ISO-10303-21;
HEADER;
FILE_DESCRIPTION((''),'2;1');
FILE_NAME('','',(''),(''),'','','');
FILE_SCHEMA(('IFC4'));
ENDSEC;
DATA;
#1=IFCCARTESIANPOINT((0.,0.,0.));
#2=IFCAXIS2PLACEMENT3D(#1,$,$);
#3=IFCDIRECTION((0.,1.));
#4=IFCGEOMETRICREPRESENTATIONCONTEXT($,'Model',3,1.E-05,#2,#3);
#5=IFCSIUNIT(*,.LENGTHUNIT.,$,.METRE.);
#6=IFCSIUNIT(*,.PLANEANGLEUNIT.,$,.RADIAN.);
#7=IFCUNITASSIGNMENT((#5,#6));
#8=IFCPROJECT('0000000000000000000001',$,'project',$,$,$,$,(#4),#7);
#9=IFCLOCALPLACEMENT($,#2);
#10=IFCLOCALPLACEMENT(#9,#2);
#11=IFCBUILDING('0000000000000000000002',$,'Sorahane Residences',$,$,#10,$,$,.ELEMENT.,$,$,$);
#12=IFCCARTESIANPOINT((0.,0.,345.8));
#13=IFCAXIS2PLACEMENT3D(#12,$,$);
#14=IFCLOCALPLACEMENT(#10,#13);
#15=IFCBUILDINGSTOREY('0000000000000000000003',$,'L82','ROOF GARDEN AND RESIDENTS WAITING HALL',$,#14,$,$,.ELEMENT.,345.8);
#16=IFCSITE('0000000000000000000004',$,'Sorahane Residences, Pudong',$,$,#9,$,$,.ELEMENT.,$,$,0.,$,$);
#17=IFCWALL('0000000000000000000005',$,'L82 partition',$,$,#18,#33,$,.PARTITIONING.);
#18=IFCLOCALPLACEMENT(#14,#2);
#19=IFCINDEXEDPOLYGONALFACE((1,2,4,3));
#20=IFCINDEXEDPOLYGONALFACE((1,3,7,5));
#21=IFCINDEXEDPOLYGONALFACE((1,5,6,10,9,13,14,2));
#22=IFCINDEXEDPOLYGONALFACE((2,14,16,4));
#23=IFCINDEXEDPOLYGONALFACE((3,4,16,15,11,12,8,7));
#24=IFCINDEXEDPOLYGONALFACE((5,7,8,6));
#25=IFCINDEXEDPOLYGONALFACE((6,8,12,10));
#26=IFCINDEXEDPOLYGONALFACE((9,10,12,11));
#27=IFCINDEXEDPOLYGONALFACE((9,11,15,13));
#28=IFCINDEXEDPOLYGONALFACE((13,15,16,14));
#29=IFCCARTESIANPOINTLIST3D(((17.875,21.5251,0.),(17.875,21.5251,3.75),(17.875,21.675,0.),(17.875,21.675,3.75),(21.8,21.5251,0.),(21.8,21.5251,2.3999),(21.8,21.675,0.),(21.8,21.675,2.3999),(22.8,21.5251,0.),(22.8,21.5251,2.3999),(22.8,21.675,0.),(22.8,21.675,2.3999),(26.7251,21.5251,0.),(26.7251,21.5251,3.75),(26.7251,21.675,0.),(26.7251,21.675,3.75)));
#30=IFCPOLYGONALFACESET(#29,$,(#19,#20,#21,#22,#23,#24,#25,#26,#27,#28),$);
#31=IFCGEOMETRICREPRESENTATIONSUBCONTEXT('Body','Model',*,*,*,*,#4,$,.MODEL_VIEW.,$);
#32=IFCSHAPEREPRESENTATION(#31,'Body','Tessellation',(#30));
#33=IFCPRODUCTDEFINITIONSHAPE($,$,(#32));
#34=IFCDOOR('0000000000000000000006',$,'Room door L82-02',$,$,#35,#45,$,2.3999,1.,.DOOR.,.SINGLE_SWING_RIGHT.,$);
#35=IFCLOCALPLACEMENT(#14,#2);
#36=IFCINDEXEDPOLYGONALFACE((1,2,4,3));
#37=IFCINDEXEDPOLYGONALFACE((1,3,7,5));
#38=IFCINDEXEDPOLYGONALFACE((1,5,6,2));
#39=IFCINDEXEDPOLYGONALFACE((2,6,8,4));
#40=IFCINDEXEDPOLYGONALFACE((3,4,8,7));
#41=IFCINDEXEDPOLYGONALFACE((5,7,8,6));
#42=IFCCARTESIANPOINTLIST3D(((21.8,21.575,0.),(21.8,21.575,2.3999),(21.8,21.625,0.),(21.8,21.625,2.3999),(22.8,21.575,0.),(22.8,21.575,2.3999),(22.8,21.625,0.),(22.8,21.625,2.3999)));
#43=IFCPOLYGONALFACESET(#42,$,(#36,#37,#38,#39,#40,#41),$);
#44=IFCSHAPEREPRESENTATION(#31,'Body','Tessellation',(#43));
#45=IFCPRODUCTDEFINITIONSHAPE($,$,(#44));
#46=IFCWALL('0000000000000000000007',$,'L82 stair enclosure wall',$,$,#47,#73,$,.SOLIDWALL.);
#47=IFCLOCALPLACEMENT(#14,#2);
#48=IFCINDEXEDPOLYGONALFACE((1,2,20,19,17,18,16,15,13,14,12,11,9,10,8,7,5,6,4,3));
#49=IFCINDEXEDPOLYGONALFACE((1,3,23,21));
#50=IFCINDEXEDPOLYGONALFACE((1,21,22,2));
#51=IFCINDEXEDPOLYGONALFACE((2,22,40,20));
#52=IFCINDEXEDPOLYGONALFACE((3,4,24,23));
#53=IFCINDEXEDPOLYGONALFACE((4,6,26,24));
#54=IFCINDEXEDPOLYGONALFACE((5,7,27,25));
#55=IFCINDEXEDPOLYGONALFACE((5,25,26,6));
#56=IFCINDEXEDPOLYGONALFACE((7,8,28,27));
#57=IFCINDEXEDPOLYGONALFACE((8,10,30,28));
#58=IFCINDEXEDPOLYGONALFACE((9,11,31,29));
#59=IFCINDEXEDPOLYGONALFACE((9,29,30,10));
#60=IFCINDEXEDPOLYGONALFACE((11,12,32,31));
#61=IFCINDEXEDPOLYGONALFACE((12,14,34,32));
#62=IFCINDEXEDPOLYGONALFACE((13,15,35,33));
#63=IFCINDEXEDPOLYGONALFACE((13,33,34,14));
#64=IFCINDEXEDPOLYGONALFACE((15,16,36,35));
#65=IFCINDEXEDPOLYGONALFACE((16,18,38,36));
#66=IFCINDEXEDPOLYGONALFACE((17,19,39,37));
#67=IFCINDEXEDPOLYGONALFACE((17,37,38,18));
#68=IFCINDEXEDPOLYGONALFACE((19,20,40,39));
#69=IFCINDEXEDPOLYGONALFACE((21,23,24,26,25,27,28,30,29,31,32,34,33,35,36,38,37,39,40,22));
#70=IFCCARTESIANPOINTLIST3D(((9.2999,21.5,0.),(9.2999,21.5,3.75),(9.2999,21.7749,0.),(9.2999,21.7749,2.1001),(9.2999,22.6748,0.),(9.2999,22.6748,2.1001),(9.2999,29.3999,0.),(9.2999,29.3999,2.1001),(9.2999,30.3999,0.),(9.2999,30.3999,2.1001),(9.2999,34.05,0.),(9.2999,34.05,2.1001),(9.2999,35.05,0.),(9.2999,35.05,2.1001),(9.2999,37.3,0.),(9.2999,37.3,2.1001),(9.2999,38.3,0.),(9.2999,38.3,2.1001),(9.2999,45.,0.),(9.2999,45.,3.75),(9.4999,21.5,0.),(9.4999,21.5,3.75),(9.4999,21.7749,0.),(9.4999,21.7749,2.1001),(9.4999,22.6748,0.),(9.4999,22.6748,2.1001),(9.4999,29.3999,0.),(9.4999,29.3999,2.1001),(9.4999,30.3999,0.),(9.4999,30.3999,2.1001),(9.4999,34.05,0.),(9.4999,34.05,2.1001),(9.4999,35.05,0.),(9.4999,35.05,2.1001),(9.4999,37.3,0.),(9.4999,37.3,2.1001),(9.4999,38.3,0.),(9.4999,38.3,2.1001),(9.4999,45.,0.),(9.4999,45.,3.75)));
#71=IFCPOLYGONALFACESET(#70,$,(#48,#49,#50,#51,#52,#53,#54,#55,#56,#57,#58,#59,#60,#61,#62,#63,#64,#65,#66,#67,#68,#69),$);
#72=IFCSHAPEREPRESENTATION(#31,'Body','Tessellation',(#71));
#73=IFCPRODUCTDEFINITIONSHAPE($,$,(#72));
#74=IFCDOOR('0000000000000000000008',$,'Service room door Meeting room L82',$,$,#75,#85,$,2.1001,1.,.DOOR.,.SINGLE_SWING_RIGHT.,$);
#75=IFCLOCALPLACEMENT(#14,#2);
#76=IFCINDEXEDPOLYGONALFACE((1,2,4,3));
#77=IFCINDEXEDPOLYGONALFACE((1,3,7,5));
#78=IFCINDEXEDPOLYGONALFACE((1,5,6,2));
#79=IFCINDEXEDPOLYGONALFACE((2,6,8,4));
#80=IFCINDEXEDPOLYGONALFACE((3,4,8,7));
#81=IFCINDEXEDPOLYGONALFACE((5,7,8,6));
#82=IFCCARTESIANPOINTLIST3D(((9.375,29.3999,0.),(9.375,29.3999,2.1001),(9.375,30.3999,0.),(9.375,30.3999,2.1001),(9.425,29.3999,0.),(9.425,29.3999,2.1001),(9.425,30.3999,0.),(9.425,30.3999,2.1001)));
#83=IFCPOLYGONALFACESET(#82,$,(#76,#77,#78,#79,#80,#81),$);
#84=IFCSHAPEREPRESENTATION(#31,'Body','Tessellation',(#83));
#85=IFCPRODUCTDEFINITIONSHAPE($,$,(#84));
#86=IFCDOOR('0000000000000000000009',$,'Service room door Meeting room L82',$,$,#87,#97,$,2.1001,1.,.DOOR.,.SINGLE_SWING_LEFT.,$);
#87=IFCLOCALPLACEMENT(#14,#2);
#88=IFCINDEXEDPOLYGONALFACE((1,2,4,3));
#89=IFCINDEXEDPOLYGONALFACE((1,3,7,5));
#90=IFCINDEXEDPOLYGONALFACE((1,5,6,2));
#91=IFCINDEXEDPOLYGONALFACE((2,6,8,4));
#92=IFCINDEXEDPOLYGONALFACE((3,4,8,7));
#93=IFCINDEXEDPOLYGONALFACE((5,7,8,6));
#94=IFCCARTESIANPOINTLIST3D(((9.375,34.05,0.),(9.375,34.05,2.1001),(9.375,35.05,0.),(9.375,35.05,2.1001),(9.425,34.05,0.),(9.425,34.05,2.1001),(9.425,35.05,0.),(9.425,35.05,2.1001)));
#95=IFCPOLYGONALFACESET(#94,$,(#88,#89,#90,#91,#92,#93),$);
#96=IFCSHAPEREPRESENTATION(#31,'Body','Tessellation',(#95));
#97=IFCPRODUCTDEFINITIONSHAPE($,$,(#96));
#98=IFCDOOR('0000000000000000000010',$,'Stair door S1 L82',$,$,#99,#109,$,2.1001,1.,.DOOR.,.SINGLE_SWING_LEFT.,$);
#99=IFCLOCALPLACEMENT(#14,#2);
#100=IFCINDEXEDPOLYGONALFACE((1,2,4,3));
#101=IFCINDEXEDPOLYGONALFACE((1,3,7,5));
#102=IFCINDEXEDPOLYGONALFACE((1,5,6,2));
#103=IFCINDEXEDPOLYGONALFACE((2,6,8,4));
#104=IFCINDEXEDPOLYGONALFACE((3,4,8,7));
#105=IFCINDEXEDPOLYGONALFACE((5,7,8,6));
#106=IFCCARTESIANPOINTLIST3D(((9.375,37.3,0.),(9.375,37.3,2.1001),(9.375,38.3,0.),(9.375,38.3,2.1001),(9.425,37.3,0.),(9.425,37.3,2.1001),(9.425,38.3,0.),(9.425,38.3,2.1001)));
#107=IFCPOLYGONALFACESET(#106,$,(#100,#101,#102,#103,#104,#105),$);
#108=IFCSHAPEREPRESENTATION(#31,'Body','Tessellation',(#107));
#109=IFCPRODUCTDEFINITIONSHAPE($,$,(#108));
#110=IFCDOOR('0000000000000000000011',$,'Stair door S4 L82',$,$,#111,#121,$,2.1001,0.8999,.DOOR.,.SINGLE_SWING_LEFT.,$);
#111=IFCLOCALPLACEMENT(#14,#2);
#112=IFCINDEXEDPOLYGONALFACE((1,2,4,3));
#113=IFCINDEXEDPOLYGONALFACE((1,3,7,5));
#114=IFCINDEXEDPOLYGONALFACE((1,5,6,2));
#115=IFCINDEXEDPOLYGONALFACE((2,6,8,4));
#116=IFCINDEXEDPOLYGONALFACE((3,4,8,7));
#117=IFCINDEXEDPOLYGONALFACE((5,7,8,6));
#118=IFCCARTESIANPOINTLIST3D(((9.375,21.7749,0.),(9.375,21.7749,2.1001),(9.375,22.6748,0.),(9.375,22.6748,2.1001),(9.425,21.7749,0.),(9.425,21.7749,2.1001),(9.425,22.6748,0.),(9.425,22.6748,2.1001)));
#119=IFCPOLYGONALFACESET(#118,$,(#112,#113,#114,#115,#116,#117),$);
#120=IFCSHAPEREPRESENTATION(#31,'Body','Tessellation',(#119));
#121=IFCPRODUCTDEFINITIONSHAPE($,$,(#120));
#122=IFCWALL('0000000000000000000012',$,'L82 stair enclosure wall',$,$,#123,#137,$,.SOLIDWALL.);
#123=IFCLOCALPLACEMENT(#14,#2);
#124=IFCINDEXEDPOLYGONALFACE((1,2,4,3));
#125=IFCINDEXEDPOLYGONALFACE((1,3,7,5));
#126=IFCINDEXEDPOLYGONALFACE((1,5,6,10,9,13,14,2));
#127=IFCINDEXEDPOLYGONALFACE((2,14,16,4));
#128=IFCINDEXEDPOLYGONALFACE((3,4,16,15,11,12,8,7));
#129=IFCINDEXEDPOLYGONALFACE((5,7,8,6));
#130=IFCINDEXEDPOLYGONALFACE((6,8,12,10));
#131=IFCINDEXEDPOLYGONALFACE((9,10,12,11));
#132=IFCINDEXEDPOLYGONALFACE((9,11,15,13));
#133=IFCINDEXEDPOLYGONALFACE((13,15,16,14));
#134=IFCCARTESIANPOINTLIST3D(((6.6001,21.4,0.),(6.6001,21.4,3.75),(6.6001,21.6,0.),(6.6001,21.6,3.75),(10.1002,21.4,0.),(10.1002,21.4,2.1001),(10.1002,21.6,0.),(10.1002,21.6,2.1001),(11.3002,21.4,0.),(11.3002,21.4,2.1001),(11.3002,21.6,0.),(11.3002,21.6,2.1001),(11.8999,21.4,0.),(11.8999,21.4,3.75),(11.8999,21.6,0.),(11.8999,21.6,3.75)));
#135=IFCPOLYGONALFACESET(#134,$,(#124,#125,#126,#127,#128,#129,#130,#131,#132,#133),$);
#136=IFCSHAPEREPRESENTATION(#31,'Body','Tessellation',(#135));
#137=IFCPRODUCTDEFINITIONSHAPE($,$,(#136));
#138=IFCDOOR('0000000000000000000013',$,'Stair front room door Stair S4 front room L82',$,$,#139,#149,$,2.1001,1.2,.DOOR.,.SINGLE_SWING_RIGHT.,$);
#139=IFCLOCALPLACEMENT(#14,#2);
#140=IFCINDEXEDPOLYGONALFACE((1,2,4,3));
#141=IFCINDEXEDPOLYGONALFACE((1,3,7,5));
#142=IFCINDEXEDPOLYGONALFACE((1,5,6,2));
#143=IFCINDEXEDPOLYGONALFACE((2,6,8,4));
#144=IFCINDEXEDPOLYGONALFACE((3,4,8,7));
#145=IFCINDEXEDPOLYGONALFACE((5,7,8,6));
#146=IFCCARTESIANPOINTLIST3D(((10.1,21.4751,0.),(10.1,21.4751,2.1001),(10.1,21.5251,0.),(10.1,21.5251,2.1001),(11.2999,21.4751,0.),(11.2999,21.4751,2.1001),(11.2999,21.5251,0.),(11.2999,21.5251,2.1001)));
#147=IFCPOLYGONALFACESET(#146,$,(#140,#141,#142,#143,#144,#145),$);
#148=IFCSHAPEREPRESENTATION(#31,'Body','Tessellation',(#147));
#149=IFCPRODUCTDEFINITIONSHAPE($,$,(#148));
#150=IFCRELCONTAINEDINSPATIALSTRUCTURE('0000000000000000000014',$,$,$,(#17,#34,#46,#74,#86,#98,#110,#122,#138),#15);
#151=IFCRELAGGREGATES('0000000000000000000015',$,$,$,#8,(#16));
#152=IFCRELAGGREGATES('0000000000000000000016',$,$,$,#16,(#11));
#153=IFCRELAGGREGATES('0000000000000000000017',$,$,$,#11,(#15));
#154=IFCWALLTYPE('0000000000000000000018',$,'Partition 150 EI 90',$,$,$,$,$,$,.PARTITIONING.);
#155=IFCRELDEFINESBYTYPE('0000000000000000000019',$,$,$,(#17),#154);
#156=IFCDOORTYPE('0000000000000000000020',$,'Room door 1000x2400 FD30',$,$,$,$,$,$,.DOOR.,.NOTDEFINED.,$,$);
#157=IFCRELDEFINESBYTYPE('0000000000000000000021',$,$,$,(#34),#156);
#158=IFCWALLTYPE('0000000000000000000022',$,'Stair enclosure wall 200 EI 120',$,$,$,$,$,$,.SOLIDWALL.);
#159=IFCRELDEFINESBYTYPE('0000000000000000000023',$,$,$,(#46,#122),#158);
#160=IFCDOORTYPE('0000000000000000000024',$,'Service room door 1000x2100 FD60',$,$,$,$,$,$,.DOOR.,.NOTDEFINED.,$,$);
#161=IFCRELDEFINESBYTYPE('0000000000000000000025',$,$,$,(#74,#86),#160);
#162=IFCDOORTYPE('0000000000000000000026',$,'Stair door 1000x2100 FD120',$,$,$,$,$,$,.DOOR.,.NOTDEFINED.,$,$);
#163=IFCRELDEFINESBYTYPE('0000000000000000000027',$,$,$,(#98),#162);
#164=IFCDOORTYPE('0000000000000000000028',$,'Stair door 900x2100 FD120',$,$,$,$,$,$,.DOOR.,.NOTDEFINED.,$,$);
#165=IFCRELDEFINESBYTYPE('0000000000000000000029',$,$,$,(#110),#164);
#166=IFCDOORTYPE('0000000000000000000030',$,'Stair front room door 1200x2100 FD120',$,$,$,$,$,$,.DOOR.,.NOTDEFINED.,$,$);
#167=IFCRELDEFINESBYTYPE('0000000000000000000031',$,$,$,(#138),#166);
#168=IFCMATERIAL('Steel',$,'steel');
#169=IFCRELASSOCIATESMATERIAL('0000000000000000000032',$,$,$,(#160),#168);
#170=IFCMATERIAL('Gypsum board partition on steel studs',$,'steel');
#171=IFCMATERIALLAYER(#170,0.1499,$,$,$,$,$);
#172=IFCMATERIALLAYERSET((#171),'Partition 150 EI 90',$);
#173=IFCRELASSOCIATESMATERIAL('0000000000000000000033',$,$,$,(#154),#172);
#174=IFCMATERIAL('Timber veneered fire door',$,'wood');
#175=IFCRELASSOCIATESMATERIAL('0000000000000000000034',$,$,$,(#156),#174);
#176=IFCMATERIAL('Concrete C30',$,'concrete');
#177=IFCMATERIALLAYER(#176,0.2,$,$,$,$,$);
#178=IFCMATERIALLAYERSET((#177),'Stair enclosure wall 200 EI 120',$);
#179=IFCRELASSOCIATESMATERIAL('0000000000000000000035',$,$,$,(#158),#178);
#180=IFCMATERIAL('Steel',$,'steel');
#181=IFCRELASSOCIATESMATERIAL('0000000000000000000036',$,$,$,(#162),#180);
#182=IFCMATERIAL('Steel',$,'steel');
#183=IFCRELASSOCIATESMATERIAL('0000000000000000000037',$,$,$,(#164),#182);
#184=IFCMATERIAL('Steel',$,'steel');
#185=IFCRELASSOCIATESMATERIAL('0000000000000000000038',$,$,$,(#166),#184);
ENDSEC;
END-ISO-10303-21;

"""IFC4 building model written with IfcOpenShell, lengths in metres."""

from ifc_helpers import new_model, si_unit, direction, frame, frame_2d, origin, place, context, subcontext, project, spatial, rectangle, extrude, material, layer, layer_set, type_object, element, fill, save


model = new_model("IFC4")

# Units and contexts
model_context = context("Model", 3, precision=1e-05, world=origin(), true_north=direction((0.0, 1.0)))
body_context = subcontext(model_context, "Body", "Model", "MODEL_VIEW")
ifc_project = project(units=[si_unit("LENGTHUNIT", "METRE"), si_unit("PLANEANGLEUNIT", "RADIAN")], contexts=[model_context])

# Site, building, storey
site_placement = place(None, origin())
site = spatial("IfcSite", under=ifc_project, at=site_placement, Name="Sorahane Residences, Pudong", CompositionType="ELEMENT", RefElevation=0.0)
building_placement = place(site_placement, origin())
building = spatial("IfcBuilding", under=site, at=building_placement, Name="Sorahane Residences", CompositionType="ELEMENT")
storey_placement = place(building_placement, frame((0.0, 0.0, 345.8)))
storey = spatial("IfcBuildingStorey", under=building, at=storey_placement, Name="L82", Description="ROOF GARDEN AND RESIDENTS WAITING HALL", CompositionType="ELEMENT", Elevation=345.8)

# Shared definitions
ifc_material_1 = material(Name="Steel", Category="steel")
door_type_1 = type_object("IfcDoorType", Name="Service room door 1000x2100 FD60", OperationType="NOTDEFINED", PredefinedType="DOOR", material=ifc_material_1)

# Shared definitions
ifc_material_2 = material(Name="Gypsum board partition on steel studs", Category="steel")
ifc_layer_1 = layer(ifc_material_2, 0.1499)
ifc_layer_set_1 = layer_set([ifc_layer_1], Name="Partition 150 EI 90")
wall_type_1 = type_object("IfcWallType", Name="Partition 150 EI 90", PredefinedType="PARTITIONING", material=ifc_layer_set_1)

# Wall, opening, door
wall_1_placement = place(storey_placement, frame((17.875, 21.6001, 0.0), z_axis=(0.0, 0.0, 1.0), x_axis=(1.0, 0.0, 0.0)))
wall_1 = element("IfcWall", 1, at=wall_1_placement, inside=storey, type_object=wall_type_1, Name="L82 partition", PredefinedType="PARTITIONING", context=body_context, shape_type="SweptSolid", body=[
    extrude(rectangle(XDim=8.8501, YDim=0.1499, at=frame_2d((4.425, 0.0))), origin(), (0.0, 0.0, 1.0), 3.75),
])
opening_1_placement = place(wall_1_placement, frame((3.925, 0.0, 0.0)))
opening_1 = element("IfcOpeningElement", 2, at=opening_1_placement, cuts=wall_1, PredefinedType="OPENING", context=body_context, shape_type="SweptSolid", body=[
    extrude(rectangle(XDim=1.0, YDim=2.3999, at=frame_2d((0.5, 1.2))), frame((0.0, 0.085, 0.0), z_axis=(0.0, -1.0, 0.0), x_axis=(1.0, 0.0, 0.0)), (0.0, 0.0, 1.0), 0.1699),
])
ifc_material_3 = material(Name="Timber veneered fire door", Category="wood")
door_type_2 = type_object("IfcDoorType", Name="Room door 1000x2400 FD30", OperationType="NOTDEFINED", PredefinedType="DOOR", material=ifc_material_3)
door_1_placement = place(opening_1_placement, origin())
door_1 = element("IfcDoor", 3, at=door_1_placement, inside=storey, type_object=door_type_2, Name="Room door L82-02", OperationType="SINGLE_SWING_RIGHT", OverallHeight=2.3999, OverallWidth=1.0, PredefinedType="DOOR", context=body_context, shape_type="SweptSolid", body=[
    extrude(rectangle(XDim=1.0, YDim=2.3999, at=frame_2d((0.5, 1.2))), frame((0.0, 0.0249, 0.0), z_axis=(0.0, -1.0, 0.0), x_axis=(1.0, 0.0, 0.0)), (0.0, 0.0, 1.0), 0.05),
])
fill(opening_1, door_1)

# Wall, openings, doors
ifc_material_4 = material(Name="Concrete C30", Category="concrete")
ifc_layer_2 = layer(ifc_material_4, 0.2)
ifc_layer_set_2 = layer_set([ifc_layer_2], Name="Stair enclosure wall 200 EI 120")
wall_type_2 = type_object("IfcWallType", Name="Stair enclosure wall 200 EI 120", PredefinedType="SOLIDWALL", material=ifc_layer_set_2)
wall_2_placement = place(storey_placement, frame((9.3999, 21.5, 0.0), z_axis=(0.0, 0.0, 1.0), x_axis=(0.0, 1.0, 0.0)))
wall_2 = element("IfcWall", 4, at=wall_2_placement, inside=storey, type_object=wall_type_2, Name="L82 stair enclosure wall", PredefinedType="SOLIDWALL", context=body_context, shape_type="SweptSolid", body=[
    extrude(rectangle(XDim=23.5, YDim=0.2, at=frame_2d((11.75, 0.0))), origin(), (0.0, 0.0, 1.0), 3.75),
])
opening_2_placement = place(wall_2_placement, frame((7.8999, 0.0, 0.0)))
opening_2 = element("IfcOpeningElement", 5, at=opening_2_placement, cuts=wall_2, PredefinedType="OPENING", context=body_context, shape_type="SweptSolid", body=[
    extrude(rectangle(XDim=1.0, YDim=2.1001, at=frame_2d((0.5, 1.05))), frame((0.0, 0.1099, 0.0), z_axis=(0.0, -1.0, 0.0), x_axis=(1.0, 0.0, 0.0)), (0.0, 0.0, 1.0), 0.22),
])
opening_3_placement = place(wall_2_placement, frame((12.55, 0.0, 0.0)))
opening_3 = element("IfcOpeningElement", 6, at=opening_3_placement, cuts=wall_2, PredefinedType="OPENING", context=body_context, shape_type="SweptSolid", body=[
    extrude(rectangle(XDim=1.0, YDim=2.1001, at=frame_2d((0.5, 1.05))), frame((0.0, 0.1099, 0.0), z_axis=(0.0, -1.0, 0.0), x_axis=(1.0, 0.0, 0.0)), (0.0, 0.0, 1.0), 0.22),
])
opening_4_placement = place(wall_2_placement, frame((15.8, 0.0, 0.0)))
opening_4 = element("IfcOpeningElement", 7, at=opening_4_placement, cuts=wall_2, PredefinedType="OPENING", context=body_context, shape_type="SweptSolid", body=[
    extrude(rectangle(XDim=1.0, YDim=2.1001, at=frame_2d((0.5, 1.05))), frame((0.0, 0.1099, 0.0), z_axis=(0.0, -1.0, 0.0), x_axis=(1.0, 0.0, 0.0)), (0.0, 0.0, 1.0), 0.22),
])
opening_5_placement = place(wall_2_placement, frame((0.2749, 0.0, 0.0)))
opening_5 = element("IfcOpeningElement", 8, at=opening_5_placement, cuts=wall_2, PredefinedType="OPENING", context=body_context, shape_type="SweptSolid", body=[
    extrude(rectangle(XDim=0.8999, YDim=2.1001, at=frame_2d((0.45, 1.05))), frame((0.0, 0.1099, 0.0), z_axis=(0.0, -1.0, 0.0), x_axis=(1.0, 0.0, 0.0)), (0.0, 0.0, 1.0), 0.22),
])
door_2_placement = place(opening_2_placement, origin())
door_2 = element("IfcDoor", 9, at=door_2_placement, inside=storey, type_object=door_type_1, Name="Service room door Meeting room L82", OperationType="SINGLE_SWING_RIGHT", OverallHeight=2.1001, OverallWidth=1.0, PredefinedType="DOOR", context=body_context, shape_type="SweptSolid", body=[
    extrude(rectangle(XDim=1.0, YDim=2.1001, at=frame_2d((0.5, 1.05))), frame((0.0, 0.0249, 0.0), z_axis=(0.0, -1.0, 0.0), x_axis=(1.0, 0.0, 0.0)), (0.0, 0.0, 1.0), 0.05),
])
fill(opening_2, door_2)
door_3_placement = place(opening_3_placement, origin())
door_3 = element("IfcDoor", 10, at=door_3_placement, inside=storey, type_object=door_type_1, Name="Service room door Meeting room L82", OperationType="SINGLE_SWING_LEFT", OverallHeight=2.1001, OverallWidth=1.0, PredefinedType="DOOR", context=body_context, shape_type="SweptSolid", body=[
    extrude(rectangle(XDim=1.0, YDim=2.1001, at=frame_2d((0.5, 1.05))), frame((0.0, 0.0249, 0.0), z_axis=(0.0, -1.0, 0.0), x_axis=(1.0, 0.0, 0.0)), (0.0, 0.0, 1.0), 0.05),
])
fill(opening_3, door_3)
ifc_material_5 = material(Name="Steel", Category="steel")
door_type_3 = type_object("IfcDoorType", Name="Stair door 1000x2100 FD120", OperationType="NOTDEFINED", PredefinedType="DOOR", material=ifc_material_5)
door_4_placement = place(opening_4_placement, origin())
door_4 = element("IfcDoor", 11, at=door_4_placement, inside=storey, type_object=door_type_3, Name="Stair door S1 L82", OperationType="SINGLE_SWING_LEFT", OverallHeight=2.1001, OverallWidth=1.0, PredefinedType="DOOR", context=body_context, shape_type="SweptSolid", body=[
    extrude(rectangle(XDim=1.0, YDim=2.1001, at=frame_2d((0.5, 1.05))), frame((0.0, 0.0249, 0.0), z_axis=(0.0, -1.0, 0.0), x_axis=(1.0, 0.0, 0.0)), (0.0, 0.0, 1.0), 0.05),
])
fill(opening_4, door_4)
ifc_material_6 = material(Name="Steel", Category="steel")
door_type_4 = type_object("IfcDoorType", Name="Stair door 900x2100 FD120", OperationType="NOTDEFINED", PredefinedType="DOOR", material=ifc_material_6)
door_5_placement = place(opening_5_placement, origin())
door_5 = element("IfcDoor", 12, at=door_5_placement, inside=storey, type_object=door_type_4, Name="Stair door S4 L82", OperationType="SINGLE_SWING_LEFT", OverallHeight=2.1001, OverallWidth=0.8999, PredefinedType="DOOR", context=body_context, shape_type="SweptSolid", body=[
    extrude(rectangle(XDim=0.8999, YDim=2.1001, at=frame_2d((0.45, 1.05))), frame((0.0, 0.0249, 0.0), z_axis=(0.0, -1.0, 0.0), x_axis=(1.0, 0.0, 0.0)), (0.0, 0.0, 1.0), 0.05),
])
fill(opening_5, door_5)

# Wall, opening, door
wall_3_placement = place(storey_placement, frame((6.6001, 21.5, 0.0), z_axis=(0.0, 0.0, 1.0), x_axis=(1.0, 0.0, 0.0)))
wall_3 = element("IfcWall", 13, at=wall_3_placement, inside=storey, type_object=wall_type_2, Name="L82 stair enclosure wall", PredefinedType="SOLIDWALL", context=body_context, shape_type="SweptSolid", body=[
    extrude(rectangle(XDim=5.2998, YDim=0.2, at=frame_2d((2.6499, 0.0))), origin(), (0.0, 0.0, 1.0), 3.75),
])
opening_6_placement = place(wall_3_placement, frame((3.5, 0.0, 0.0)))
opening_6 = element("IfcOpeningElement", 14, at=opening_6_placement, cuts=wall_3, PredefinedType="OPENING", context=body_context, shape_type="SweptSolid", body=[
    extrude(rectangle(XDim=1.2, YDim=2.1001, at=frame_2d((0.6001, 1.05))), frame((0.0, 0.1099, 0.0), z_axis=(0.0, -1.0, 0.0), x_axis=(1.0, 0.0, 0.0)), (0.0, 0.0, 1.0), 0.22),
])
ifc_material_7 = material(Name="Steel", Category="steel")
door_type_5 = type_object("IfcDoorType", Name="Stair front room door 1200x2100 FD120", OperationType="NOTDEFINED", PredefinedType="DOOR", material=ifc_material_7)
door_6_placement = place(opening_6_placement, frame((1.2, 0.0, 0.0), z_axis=(0.0, 0.0, 1.0), x_axis=(-1.0, 0.0, 0.0)))
door_6 = element("IfcDoor", 15, at=door_6_placement, inside=storey, type_object=door_type_5, Name="Stair front room door Stair S4 front room L82", OperationType="SINGLE_SWING_RIGHT", OverallHeight=2.1001, OverallWidth=1.2, PredefinedType="DOOR", context=body_context, shape_type="SweptSolid", body=[
    extrude(rectangle(XDim=1.2, YDim=2.1001, at=frame_2d((0.6001, 1.05))), frame((0.0, 0.0249, 0.0), z_axis=(0.0, -1.0, 0.0), x_axis=(1.0, 0.0, 0.0)), (0.0, 0.0, 1.0), 0.05),
])
fill(opening_6, door_6)

save(model, "model.ifc")
